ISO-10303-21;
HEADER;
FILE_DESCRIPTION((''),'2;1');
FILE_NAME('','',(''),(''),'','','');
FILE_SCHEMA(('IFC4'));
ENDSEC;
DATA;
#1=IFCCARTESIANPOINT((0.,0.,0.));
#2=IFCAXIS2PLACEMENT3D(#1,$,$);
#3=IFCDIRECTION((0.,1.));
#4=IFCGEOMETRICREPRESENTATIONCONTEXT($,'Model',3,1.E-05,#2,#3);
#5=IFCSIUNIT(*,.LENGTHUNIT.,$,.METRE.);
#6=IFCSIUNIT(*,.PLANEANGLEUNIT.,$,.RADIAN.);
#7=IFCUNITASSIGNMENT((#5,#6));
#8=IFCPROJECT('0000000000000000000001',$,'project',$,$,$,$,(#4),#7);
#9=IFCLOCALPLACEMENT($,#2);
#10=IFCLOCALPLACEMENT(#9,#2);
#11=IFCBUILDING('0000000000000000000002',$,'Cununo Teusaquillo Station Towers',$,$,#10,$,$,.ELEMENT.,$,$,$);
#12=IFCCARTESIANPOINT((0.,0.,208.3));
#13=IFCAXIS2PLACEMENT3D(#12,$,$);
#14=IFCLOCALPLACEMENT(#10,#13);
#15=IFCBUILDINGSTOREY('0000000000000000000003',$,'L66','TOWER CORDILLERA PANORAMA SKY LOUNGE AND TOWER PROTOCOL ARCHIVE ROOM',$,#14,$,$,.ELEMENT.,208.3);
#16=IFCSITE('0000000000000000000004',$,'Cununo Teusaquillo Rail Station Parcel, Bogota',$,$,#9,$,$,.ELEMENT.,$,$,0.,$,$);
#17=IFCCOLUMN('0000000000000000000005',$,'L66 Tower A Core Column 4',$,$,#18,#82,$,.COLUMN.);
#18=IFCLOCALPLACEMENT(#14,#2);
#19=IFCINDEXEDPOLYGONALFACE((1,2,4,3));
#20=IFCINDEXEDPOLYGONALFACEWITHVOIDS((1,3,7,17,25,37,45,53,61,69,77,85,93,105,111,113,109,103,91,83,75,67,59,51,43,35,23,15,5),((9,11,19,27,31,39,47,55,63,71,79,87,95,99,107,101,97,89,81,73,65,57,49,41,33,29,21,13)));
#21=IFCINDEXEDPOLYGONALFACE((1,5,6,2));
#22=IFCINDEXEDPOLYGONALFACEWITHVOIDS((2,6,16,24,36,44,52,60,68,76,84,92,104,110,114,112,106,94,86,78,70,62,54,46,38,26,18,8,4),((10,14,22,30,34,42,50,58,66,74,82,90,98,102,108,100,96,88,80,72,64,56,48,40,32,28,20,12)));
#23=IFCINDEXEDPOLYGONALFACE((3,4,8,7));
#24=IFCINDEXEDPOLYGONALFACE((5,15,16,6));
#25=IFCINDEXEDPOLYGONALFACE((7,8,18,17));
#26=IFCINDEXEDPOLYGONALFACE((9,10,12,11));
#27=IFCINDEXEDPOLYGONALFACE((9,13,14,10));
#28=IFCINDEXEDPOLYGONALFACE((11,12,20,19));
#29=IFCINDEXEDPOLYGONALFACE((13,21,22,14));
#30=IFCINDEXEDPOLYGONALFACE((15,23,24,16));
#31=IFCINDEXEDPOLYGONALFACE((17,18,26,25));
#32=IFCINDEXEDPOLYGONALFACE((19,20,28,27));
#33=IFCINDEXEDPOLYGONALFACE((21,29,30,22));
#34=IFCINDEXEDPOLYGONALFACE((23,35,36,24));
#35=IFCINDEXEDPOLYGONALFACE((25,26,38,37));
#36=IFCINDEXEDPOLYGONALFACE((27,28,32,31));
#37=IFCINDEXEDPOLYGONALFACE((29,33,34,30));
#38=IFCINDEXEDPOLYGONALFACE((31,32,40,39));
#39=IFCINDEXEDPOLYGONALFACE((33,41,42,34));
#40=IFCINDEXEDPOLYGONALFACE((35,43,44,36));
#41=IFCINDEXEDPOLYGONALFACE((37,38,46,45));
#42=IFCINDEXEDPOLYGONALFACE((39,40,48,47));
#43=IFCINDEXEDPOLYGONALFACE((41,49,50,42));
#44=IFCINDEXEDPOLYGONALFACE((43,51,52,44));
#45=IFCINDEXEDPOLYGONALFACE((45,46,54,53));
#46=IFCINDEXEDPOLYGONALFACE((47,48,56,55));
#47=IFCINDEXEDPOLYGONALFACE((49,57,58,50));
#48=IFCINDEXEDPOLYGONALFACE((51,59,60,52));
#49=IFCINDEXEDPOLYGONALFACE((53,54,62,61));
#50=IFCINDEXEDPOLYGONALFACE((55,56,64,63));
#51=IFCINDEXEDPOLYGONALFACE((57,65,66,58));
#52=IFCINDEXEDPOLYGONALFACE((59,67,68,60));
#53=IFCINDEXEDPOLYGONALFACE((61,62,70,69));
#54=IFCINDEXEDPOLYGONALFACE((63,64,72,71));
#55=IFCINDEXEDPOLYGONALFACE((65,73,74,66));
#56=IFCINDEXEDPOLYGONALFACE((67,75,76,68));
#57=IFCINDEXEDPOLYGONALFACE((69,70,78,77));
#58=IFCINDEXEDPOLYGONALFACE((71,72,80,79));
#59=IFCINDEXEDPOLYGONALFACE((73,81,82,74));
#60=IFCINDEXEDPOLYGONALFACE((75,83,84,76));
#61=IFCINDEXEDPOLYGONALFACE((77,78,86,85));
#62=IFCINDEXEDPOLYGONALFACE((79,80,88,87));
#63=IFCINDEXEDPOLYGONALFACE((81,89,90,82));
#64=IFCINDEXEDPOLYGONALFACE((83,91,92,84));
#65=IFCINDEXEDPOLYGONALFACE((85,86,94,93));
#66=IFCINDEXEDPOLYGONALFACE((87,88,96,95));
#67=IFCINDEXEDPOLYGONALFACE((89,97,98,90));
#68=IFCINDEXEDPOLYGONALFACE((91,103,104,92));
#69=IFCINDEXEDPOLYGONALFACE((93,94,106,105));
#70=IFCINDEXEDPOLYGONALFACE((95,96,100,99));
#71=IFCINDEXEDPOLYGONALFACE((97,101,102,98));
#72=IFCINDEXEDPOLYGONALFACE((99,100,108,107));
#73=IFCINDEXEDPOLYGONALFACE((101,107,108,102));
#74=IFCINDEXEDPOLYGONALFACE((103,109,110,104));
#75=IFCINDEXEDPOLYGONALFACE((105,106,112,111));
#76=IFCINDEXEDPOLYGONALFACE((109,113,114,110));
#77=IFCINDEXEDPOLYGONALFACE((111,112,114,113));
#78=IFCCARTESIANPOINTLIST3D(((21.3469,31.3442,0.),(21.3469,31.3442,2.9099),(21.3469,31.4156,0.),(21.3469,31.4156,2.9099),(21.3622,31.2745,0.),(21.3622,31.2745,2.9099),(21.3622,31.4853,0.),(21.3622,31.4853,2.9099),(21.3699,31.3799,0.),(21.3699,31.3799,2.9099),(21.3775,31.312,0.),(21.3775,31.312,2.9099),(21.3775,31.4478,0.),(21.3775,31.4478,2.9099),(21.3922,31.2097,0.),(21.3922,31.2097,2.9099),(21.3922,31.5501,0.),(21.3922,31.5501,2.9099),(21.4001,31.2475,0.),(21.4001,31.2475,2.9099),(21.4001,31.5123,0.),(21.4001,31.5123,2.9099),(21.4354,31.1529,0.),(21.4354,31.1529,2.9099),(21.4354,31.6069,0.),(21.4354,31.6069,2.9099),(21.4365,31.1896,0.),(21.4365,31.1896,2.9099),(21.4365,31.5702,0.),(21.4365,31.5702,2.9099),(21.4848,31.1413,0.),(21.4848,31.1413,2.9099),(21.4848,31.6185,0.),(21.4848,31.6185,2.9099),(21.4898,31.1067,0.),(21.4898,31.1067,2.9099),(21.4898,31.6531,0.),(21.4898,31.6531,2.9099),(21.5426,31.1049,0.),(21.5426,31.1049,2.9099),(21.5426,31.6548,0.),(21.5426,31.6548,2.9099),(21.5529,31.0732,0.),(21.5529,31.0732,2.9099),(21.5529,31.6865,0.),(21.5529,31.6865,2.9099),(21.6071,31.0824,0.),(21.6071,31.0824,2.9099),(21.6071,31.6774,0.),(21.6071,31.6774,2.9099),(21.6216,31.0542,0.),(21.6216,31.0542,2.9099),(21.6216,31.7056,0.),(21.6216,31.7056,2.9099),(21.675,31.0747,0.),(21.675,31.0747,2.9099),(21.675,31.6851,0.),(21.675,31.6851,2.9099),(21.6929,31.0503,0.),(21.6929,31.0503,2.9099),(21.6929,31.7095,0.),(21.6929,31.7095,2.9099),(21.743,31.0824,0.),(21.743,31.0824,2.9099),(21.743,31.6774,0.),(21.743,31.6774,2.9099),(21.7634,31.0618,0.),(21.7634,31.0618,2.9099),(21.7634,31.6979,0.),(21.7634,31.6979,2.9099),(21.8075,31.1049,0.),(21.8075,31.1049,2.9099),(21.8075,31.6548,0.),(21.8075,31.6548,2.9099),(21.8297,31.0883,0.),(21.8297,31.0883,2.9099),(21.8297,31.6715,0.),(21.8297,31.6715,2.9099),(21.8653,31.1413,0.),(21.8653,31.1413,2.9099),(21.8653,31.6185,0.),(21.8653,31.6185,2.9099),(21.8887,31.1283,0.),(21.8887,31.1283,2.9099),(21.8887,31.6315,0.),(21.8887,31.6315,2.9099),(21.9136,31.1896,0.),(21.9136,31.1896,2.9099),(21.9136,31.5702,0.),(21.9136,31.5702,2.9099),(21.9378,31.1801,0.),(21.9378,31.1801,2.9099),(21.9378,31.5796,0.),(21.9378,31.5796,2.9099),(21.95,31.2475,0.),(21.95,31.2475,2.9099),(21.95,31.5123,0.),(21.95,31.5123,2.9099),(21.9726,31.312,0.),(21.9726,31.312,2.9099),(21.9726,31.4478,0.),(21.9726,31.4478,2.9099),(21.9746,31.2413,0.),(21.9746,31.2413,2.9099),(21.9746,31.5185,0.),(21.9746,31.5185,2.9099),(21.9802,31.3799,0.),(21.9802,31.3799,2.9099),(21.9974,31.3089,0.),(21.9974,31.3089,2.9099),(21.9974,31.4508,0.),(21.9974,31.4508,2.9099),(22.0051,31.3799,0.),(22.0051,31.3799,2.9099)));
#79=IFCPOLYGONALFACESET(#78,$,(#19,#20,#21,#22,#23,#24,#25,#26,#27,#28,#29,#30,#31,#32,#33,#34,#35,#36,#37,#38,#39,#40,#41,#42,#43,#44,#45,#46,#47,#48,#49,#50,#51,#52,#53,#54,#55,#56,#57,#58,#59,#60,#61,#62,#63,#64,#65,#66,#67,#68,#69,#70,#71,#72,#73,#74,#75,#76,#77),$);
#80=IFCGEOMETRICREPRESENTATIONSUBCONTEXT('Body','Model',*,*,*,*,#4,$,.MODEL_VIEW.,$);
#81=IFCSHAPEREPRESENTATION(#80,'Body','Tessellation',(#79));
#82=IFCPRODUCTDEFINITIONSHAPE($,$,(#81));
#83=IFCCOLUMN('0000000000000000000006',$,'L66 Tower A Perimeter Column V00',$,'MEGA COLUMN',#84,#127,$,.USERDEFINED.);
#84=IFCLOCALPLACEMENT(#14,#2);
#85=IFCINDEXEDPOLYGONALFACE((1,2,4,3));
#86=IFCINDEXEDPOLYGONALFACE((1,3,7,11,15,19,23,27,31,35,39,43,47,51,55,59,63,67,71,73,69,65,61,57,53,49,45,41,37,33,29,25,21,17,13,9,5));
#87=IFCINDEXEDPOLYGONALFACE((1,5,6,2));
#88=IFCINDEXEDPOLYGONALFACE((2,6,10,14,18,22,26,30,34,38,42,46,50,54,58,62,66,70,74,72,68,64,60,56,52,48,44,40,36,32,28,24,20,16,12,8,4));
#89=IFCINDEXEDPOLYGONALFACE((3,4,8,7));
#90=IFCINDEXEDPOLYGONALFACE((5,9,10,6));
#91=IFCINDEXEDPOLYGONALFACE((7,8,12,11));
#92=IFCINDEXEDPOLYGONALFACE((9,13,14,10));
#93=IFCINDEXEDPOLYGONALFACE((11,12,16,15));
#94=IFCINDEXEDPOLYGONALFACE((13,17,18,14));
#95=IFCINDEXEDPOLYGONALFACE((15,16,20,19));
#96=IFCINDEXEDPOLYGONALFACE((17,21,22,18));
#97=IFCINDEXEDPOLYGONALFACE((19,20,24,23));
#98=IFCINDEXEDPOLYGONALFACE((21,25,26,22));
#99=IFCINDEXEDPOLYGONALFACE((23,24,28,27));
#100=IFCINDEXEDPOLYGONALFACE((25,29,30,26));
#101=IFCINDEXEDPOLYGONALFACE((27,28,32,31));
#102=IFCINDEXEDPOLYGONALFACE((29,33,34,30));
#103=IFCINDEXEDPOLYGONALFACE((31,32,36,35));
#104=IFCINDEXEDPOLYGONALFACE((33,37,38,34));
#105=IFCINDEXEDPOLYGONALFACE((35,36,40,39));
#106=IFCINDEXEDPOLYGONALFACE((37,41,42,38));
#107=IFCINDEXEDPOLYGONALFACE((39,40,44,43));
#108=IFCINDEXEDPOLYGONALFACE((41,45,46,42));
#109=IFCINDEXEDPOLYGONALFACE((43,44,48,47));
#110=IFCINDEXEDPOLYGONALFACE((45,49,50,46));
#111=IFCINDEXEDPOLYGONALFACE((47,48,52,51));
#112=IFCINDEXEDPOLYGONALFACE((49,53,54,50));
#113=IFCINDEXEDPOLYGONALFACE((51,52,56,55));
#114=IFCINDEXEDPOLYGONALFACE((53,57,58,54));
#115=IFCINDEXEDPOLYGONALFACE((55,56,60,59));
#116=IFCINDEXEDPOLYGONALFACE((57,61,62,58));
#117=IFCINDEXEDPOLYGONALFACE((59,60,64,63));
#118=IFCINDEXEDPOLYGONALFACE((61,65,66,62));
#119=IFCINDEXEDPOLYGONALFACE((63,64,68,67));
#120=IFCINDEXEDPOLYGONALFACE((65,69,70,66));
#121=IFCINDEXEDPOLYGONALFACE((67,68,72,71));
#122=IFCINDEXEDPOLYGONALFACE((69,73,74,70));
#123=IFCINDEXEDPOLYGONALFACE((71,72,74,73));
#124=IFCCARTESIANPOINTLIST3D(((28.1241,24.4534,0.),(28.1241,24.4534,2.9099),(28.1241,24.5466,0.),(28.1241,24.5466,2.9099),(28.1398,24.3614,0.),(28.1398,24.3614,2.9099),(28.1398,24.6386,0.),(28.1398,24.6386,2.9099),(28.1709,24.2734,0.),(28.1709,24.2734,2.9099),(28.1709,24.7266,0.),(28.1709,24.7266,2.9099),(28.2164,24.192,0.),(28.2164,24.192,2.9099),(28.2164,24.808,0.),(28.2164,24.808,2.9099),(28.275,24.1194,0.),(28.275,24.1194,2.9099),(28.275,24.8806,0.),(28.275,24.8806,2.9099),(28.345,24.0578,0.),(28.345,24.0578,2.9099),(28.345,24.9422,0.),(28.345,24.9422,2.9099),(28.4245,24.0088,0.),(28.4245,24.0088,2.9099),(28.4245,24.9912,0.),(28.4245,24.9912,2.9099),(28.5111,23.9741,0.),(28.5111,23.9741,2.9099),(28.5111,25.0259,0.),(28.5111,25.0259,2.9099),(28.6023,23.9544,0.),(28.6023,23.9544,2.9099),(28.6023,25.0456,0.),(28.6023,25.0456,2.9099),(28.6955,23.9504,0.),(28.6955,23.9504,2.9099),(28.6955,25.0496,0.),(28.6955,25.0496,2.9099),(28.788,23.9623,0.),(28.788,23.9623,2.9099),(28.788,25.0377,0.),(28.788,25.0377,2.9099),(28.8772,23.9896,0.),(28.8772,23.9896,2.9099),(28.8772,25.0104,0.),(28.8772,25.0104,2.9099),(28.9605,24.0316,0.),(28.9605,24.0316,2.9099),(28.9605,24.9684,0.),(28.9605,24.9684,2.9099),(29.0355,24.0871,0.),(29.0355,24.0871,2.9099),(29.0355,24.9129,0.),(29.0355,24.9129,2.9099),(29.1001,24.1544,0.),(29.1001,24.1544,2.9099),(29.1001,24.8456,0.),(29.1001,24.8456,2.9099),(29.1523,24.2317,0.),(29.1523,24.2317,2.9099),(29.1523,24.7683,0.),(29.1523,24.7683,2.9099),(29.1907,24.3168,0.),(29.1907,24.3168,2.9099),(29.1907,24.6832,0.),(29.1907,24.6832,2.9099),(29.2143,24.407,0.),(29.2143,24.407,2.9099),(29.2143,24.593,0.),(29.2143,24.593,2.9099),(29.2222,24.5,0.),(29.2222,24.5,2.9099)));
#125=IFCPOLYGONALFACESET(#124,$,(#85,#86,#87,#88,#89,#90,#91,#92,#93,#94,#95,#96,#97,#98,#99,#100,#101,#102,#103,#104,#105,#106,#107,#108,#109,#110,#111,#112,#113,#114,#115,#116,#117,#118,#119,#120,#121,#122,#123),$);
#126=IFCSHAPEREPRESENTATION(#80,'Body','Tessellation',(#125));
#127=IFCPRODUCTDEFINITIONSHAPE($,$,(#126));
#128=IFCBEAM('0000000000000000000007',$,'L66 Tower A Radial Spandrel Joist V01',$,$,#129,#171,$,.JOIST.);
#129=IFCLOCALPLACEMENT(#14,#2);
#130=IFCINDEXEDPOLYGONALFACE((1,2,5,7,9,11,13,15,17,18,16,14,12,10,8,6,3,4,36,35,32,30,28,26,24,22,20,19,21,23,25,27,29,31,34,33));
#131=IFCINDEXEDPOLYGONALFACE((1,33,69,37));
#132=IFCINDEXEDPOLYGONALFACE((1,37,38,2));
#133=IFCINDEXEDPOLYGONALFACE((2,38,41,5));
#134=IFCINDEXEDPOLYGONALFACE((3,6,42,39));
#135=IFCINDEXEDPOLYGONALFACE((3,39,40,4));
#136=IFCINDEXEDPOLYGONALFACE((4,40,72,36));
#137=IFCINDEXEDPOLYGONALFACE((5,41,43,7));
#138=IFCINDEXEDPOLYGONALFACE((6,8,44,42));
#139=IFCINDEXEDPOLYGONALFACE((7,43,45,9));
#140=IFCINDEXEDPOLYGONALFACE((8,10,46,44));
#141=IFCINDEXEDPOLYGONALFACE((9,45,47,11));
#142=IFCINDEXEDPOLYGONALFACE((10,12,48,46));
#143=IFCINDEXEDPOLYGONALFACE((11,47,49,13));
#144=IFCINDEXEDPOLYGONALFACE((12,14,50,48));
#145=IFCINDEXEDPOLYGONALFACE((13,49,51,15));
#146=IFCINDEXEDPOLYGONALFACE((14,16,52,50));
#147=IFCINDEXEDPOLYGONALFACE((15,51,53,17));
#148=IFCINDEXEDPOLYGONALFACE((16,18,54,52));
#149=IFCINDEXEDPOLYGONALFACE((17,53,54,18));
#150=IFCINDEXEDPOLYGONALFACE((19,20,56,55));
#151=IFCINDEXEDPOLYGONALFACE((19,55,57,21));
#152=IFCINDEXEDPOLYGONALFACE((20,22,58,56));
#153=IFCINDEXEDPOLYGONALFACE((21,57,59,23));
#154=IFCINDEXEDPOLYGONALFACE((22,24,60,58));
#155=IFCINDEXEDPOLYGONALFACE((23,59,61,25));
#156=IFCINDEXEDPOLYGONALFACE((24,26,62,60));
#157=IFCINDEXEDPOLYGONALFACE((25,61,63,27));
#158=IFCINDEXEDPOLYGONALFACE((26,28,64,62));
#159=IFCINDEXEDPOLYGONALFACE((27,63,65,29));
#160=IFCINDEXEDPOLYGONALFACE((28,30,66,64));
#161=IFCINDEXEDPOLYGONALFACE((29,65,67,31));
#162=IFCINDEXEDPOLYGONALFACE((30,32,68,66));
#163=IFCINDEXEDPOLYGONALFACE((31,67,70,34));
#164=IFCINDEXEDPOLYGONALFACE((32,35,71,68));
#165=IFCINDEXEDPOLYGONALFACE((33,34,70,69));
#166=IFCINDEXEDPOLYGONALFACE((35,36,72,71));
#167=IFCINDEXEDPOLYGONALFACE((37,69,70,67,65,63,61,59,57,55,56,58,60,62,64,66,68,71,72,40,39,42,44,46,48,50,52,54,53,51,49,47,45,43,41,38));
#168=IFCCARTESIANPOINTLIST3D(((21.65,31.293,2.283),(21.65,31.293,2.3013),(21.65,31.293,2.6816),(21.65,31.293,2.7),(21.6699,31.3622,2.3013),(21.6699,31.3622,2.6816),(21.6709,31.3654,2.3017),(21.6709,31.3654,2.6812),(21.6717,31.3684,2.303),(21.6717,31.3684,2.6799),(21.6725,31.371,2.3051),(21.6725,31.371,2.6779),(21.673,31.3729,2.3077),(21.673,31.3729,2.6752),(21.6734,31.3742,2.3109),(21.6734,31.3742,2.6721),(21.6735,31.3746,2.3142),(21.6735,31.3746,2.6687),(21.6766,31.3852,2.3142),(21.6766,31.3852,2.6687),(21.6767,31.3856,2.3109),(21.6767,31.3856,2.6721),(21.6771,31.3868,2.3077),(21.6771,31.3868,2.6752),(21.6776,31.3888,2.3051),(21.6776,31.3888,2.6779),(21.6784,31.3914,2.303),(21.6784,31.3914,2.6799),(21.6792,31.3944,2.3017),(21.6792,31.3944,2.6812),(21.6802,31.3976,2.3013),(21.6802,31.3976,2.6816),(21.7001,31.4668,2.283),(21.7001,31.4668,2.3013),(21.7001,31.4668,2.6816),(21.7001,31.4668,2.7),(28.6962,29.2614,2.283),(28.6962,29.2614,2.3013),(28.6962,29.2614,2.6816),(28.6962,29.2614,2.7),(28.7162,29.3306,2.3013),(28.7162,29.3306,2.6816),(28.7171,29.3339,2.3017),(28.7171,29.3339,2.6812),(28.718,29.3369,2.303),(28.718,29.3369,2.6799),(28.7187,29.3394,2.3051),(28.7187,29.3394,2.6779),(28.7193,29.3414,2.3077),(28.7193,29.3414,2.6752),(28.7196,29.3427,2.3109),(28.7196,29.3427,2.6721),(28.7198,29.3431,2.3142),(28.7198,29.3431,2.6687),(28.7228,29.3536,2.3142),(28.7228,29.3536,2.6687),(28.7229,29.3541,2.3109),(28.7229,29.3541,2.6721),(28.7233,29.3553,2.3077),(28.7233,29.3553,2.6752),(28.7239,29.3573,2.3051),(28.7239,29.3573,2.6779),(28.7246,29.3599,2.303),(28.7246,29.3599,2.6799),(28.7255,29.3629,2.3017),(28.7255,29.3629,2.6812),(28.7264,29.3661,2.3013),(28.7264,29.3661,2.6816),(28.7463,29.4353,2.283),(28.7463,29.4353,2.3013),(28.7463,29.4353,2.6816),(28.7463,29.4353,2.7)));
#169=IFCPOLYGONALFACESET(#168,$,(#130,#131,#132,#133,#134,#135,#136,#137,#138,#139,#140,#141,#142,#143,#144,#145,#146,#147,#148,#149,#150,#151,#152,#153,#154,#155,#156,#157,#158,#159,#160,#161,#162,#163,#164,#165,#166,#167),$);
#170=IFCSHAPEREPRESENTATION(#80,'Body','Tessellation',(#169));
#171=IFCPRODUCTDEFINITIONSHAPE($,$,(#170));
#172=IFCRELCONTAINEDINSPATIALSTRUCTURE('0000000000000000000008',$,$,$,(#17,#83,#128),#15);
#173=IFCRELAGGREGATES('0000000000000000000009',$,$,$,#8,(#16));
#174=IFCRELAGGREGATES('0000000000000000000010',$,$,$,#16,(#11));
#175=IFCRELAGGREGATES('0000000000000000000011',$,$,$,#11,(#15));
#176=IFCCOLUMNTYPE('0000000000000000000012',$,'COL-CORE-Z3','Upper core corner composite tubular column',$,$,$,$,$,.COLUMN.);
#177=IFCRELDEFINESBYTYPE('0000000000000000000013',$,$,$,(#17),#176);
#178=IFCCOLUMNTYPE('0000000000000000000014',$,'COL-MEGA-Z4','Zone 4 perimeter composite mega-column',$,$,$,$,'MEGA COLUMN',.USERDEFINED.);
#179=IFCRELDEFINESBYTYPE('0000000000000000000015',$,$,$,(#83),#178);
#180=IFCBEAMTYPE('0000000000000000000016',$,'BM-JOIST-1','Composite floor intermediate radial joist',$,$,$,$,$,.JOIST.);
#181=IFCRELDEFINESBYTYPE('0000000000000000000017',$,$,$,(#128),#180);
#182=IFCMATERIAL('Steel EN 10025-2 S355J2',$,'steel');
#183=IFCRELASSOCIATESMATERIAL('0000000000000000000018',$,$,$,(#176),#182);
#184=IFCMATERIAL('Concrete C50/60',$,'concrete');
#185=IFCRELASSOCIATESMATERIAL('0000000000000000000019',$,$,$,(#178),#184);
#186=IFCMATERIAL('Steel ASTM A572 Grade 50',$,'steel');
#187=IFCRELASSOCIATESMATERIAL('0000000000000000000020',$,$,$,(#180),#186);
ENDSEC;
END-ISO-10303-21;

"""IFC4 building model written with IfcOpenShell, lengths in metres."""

from ifc_helpers import new_model, si_unit, direction, frame, origin, origin_2d, place, context, subcontext, project, spatial, circle, hollow_circle, i_section, extrude, material, material_profile, profile_set, type_object, element, save


model = new_model("IFC4")

# Units and contexts
model_context = context("Model", 3, precision=1e-05, world=origin(), true_north=direction((0.0, 1.0)))
body_context = subcontext(model_context, "Body", "Model", "MODEL_VIEW")
ifc_project = project(units=[si_unit("LENGTHUNIT", "METRE"), si_unit("PLANEANGLEUNIT", "RADIAN")], contexts=[model_context])

# Site, building, storey
site_placement = place(None, origin())
site = spatial("IfcSite", under=ifc_project, at=site_placement, Name="Cununo Teusaquillo Rail Station Parcel, Bogota", CompositionType="ELEMENT", RefElevation=0.0)
building_placement = place(site_placement, origin())
building = spatial("IfcBuilding", under=site, at=building_placement, Name="Cununo Teusaquillo Station Towers", CompositionType="ELEMENT")
storey_placement = place(building_placement, frame((0.0, 0.0, 208.3)))
storey = spatial("IfcBuildingStorey", under=building, at=storey_placement, Name="L66", Description="TOWER CORDILLERA PANORAMA SKY LOUNGE AND TOWER PROTOCOL ARCHIVE ROOM", CompositionType="ELEMENT", Elevation=208.3)

# Columns
ifc_material_1 = material(Name="Steel EN 10025-2 S355J2", Category="steel")
ifc_material_profile_1 = material_profile(ifc_material_1, hollow_circle(Radius=0.3301, WallThickness=0.0249, at=origin_2d()), Name="CHS 660x25")
ifc_profile_set_1 = profile_set([ifc_material_profile_1], Name="Steel EN 10025-2 S355J2")
column_type_1 = type_object("IfcColumnType", Name="COL-CORE-Z3", Description="Upper core corner composite tubular column", PredefinedType="COLUMN", material=ifc_profile_set_1)
column_1_placement = place(storey_placement, frame((21.675, 31.3799, 0.0), z_axis=(0.0, 0.0, 1.0), x_axis=(1.0, 0.0, 0.0)))
element("IfcColumn", 1, at=column_1_placement, inside=storey, type_object=column_type_1, Name="L66 Tower A Core Column 4", PredefinedType="COLUMN", context=body_context, shape_type="SweptSolid", body=[
    extrude(hollow_circle(Radius=0.3301, WallThickness=0.0249, at=origin_2d()), origin(), (0.0, 0.0, 1.0), 2.9099),
])
ifc_material_2 = material(Name="Concrete C50/60", Category="concrete")
ifc_material_profile_2 = material_profile(ifc_material_2, circle(Radius=0.55, at=origin_2d()), Name="RC-CIRC-1100")
ifc_profile_set_2 = profile_set([ifc_material_profile_2], Name="Concrete C50/60")
column_type_2 = type_object("IfcColumnType", Name="COL-MEGA-Z4", Description="Zone 4 perimeter composite mega-column", ElementType="MEGA COLUMN", PredefinedType="USERDEFINED", material=ifc_profile_set_2)
column_2_placement = place(storey_placement, frame((28.6721, 24.5, 0.0), z_axis=(0.0, 0.0, 1.0), x_axis=(1.0, 0.0, 0.0)))
element("IfcColumn", 2, at=column_2_placement, inside=storey, type_object=column_type_2, Name="L66 Tower A Perimeter Column V00", ObjectType="MEGA COLUMN", PredefinedType="USERDEFINED", context=body_context, shape_type="SweptSolid", body=[
    extrude(circle(Radius=0.55, at=origin_2d()), origin(), (0.0, 0.0, 1.0), 2.9099),
])

# Beam
ifc_material_3 = material(Name="Steel ASTM A572 Grade 50", Category="steel")
ifc_material_profile_3 = material_profile(ifc_material_3, i_section(OverallWidth=0.1809, OverallDepth=0.417, WebThickness=0.011, FlangeThickness=0.0183, FilletRadius=0.0129, at=origin_2d()), Name="W16X57")
ifc_profile_set_3 = profile_set([ifc_material_profile_3], Name="Steel ASTM A572 Grade 50")
beam_type_1 = type_object("IfcBeamType", Name="BM-JOIST-1", Description="Composite floor intermediate radial joist", PredefinedType="JOIST", material=ifc_profile_set_3)
beam_1_placement = place(storey_placement, frame((21.675, 31.3799, 2.4915), z_axis=(0.960862, -0.277029, 0.0), x_axis=(0.277029, 0.960862, 0.0)))
element("IfcBeam", 3, at=beam_1_placement, inside=storey, type_object=beam_type_1, Name="L66 Tower A Radial Spandrel Joist V01", PredefinedType="JOIST", context=body_context, shape_type="SweptSolid", body=[
    extrude(i_section(OverallWidth=0.1809, OverallDepth=0.417, WebThickness=0.011, FlangeThickness=0.0183, FilletRadius=0.0129, at=origin_2d()), origin(), (0.0, 0.0, 1.0), 7.3333),
])

save(model, "model.ifc")
